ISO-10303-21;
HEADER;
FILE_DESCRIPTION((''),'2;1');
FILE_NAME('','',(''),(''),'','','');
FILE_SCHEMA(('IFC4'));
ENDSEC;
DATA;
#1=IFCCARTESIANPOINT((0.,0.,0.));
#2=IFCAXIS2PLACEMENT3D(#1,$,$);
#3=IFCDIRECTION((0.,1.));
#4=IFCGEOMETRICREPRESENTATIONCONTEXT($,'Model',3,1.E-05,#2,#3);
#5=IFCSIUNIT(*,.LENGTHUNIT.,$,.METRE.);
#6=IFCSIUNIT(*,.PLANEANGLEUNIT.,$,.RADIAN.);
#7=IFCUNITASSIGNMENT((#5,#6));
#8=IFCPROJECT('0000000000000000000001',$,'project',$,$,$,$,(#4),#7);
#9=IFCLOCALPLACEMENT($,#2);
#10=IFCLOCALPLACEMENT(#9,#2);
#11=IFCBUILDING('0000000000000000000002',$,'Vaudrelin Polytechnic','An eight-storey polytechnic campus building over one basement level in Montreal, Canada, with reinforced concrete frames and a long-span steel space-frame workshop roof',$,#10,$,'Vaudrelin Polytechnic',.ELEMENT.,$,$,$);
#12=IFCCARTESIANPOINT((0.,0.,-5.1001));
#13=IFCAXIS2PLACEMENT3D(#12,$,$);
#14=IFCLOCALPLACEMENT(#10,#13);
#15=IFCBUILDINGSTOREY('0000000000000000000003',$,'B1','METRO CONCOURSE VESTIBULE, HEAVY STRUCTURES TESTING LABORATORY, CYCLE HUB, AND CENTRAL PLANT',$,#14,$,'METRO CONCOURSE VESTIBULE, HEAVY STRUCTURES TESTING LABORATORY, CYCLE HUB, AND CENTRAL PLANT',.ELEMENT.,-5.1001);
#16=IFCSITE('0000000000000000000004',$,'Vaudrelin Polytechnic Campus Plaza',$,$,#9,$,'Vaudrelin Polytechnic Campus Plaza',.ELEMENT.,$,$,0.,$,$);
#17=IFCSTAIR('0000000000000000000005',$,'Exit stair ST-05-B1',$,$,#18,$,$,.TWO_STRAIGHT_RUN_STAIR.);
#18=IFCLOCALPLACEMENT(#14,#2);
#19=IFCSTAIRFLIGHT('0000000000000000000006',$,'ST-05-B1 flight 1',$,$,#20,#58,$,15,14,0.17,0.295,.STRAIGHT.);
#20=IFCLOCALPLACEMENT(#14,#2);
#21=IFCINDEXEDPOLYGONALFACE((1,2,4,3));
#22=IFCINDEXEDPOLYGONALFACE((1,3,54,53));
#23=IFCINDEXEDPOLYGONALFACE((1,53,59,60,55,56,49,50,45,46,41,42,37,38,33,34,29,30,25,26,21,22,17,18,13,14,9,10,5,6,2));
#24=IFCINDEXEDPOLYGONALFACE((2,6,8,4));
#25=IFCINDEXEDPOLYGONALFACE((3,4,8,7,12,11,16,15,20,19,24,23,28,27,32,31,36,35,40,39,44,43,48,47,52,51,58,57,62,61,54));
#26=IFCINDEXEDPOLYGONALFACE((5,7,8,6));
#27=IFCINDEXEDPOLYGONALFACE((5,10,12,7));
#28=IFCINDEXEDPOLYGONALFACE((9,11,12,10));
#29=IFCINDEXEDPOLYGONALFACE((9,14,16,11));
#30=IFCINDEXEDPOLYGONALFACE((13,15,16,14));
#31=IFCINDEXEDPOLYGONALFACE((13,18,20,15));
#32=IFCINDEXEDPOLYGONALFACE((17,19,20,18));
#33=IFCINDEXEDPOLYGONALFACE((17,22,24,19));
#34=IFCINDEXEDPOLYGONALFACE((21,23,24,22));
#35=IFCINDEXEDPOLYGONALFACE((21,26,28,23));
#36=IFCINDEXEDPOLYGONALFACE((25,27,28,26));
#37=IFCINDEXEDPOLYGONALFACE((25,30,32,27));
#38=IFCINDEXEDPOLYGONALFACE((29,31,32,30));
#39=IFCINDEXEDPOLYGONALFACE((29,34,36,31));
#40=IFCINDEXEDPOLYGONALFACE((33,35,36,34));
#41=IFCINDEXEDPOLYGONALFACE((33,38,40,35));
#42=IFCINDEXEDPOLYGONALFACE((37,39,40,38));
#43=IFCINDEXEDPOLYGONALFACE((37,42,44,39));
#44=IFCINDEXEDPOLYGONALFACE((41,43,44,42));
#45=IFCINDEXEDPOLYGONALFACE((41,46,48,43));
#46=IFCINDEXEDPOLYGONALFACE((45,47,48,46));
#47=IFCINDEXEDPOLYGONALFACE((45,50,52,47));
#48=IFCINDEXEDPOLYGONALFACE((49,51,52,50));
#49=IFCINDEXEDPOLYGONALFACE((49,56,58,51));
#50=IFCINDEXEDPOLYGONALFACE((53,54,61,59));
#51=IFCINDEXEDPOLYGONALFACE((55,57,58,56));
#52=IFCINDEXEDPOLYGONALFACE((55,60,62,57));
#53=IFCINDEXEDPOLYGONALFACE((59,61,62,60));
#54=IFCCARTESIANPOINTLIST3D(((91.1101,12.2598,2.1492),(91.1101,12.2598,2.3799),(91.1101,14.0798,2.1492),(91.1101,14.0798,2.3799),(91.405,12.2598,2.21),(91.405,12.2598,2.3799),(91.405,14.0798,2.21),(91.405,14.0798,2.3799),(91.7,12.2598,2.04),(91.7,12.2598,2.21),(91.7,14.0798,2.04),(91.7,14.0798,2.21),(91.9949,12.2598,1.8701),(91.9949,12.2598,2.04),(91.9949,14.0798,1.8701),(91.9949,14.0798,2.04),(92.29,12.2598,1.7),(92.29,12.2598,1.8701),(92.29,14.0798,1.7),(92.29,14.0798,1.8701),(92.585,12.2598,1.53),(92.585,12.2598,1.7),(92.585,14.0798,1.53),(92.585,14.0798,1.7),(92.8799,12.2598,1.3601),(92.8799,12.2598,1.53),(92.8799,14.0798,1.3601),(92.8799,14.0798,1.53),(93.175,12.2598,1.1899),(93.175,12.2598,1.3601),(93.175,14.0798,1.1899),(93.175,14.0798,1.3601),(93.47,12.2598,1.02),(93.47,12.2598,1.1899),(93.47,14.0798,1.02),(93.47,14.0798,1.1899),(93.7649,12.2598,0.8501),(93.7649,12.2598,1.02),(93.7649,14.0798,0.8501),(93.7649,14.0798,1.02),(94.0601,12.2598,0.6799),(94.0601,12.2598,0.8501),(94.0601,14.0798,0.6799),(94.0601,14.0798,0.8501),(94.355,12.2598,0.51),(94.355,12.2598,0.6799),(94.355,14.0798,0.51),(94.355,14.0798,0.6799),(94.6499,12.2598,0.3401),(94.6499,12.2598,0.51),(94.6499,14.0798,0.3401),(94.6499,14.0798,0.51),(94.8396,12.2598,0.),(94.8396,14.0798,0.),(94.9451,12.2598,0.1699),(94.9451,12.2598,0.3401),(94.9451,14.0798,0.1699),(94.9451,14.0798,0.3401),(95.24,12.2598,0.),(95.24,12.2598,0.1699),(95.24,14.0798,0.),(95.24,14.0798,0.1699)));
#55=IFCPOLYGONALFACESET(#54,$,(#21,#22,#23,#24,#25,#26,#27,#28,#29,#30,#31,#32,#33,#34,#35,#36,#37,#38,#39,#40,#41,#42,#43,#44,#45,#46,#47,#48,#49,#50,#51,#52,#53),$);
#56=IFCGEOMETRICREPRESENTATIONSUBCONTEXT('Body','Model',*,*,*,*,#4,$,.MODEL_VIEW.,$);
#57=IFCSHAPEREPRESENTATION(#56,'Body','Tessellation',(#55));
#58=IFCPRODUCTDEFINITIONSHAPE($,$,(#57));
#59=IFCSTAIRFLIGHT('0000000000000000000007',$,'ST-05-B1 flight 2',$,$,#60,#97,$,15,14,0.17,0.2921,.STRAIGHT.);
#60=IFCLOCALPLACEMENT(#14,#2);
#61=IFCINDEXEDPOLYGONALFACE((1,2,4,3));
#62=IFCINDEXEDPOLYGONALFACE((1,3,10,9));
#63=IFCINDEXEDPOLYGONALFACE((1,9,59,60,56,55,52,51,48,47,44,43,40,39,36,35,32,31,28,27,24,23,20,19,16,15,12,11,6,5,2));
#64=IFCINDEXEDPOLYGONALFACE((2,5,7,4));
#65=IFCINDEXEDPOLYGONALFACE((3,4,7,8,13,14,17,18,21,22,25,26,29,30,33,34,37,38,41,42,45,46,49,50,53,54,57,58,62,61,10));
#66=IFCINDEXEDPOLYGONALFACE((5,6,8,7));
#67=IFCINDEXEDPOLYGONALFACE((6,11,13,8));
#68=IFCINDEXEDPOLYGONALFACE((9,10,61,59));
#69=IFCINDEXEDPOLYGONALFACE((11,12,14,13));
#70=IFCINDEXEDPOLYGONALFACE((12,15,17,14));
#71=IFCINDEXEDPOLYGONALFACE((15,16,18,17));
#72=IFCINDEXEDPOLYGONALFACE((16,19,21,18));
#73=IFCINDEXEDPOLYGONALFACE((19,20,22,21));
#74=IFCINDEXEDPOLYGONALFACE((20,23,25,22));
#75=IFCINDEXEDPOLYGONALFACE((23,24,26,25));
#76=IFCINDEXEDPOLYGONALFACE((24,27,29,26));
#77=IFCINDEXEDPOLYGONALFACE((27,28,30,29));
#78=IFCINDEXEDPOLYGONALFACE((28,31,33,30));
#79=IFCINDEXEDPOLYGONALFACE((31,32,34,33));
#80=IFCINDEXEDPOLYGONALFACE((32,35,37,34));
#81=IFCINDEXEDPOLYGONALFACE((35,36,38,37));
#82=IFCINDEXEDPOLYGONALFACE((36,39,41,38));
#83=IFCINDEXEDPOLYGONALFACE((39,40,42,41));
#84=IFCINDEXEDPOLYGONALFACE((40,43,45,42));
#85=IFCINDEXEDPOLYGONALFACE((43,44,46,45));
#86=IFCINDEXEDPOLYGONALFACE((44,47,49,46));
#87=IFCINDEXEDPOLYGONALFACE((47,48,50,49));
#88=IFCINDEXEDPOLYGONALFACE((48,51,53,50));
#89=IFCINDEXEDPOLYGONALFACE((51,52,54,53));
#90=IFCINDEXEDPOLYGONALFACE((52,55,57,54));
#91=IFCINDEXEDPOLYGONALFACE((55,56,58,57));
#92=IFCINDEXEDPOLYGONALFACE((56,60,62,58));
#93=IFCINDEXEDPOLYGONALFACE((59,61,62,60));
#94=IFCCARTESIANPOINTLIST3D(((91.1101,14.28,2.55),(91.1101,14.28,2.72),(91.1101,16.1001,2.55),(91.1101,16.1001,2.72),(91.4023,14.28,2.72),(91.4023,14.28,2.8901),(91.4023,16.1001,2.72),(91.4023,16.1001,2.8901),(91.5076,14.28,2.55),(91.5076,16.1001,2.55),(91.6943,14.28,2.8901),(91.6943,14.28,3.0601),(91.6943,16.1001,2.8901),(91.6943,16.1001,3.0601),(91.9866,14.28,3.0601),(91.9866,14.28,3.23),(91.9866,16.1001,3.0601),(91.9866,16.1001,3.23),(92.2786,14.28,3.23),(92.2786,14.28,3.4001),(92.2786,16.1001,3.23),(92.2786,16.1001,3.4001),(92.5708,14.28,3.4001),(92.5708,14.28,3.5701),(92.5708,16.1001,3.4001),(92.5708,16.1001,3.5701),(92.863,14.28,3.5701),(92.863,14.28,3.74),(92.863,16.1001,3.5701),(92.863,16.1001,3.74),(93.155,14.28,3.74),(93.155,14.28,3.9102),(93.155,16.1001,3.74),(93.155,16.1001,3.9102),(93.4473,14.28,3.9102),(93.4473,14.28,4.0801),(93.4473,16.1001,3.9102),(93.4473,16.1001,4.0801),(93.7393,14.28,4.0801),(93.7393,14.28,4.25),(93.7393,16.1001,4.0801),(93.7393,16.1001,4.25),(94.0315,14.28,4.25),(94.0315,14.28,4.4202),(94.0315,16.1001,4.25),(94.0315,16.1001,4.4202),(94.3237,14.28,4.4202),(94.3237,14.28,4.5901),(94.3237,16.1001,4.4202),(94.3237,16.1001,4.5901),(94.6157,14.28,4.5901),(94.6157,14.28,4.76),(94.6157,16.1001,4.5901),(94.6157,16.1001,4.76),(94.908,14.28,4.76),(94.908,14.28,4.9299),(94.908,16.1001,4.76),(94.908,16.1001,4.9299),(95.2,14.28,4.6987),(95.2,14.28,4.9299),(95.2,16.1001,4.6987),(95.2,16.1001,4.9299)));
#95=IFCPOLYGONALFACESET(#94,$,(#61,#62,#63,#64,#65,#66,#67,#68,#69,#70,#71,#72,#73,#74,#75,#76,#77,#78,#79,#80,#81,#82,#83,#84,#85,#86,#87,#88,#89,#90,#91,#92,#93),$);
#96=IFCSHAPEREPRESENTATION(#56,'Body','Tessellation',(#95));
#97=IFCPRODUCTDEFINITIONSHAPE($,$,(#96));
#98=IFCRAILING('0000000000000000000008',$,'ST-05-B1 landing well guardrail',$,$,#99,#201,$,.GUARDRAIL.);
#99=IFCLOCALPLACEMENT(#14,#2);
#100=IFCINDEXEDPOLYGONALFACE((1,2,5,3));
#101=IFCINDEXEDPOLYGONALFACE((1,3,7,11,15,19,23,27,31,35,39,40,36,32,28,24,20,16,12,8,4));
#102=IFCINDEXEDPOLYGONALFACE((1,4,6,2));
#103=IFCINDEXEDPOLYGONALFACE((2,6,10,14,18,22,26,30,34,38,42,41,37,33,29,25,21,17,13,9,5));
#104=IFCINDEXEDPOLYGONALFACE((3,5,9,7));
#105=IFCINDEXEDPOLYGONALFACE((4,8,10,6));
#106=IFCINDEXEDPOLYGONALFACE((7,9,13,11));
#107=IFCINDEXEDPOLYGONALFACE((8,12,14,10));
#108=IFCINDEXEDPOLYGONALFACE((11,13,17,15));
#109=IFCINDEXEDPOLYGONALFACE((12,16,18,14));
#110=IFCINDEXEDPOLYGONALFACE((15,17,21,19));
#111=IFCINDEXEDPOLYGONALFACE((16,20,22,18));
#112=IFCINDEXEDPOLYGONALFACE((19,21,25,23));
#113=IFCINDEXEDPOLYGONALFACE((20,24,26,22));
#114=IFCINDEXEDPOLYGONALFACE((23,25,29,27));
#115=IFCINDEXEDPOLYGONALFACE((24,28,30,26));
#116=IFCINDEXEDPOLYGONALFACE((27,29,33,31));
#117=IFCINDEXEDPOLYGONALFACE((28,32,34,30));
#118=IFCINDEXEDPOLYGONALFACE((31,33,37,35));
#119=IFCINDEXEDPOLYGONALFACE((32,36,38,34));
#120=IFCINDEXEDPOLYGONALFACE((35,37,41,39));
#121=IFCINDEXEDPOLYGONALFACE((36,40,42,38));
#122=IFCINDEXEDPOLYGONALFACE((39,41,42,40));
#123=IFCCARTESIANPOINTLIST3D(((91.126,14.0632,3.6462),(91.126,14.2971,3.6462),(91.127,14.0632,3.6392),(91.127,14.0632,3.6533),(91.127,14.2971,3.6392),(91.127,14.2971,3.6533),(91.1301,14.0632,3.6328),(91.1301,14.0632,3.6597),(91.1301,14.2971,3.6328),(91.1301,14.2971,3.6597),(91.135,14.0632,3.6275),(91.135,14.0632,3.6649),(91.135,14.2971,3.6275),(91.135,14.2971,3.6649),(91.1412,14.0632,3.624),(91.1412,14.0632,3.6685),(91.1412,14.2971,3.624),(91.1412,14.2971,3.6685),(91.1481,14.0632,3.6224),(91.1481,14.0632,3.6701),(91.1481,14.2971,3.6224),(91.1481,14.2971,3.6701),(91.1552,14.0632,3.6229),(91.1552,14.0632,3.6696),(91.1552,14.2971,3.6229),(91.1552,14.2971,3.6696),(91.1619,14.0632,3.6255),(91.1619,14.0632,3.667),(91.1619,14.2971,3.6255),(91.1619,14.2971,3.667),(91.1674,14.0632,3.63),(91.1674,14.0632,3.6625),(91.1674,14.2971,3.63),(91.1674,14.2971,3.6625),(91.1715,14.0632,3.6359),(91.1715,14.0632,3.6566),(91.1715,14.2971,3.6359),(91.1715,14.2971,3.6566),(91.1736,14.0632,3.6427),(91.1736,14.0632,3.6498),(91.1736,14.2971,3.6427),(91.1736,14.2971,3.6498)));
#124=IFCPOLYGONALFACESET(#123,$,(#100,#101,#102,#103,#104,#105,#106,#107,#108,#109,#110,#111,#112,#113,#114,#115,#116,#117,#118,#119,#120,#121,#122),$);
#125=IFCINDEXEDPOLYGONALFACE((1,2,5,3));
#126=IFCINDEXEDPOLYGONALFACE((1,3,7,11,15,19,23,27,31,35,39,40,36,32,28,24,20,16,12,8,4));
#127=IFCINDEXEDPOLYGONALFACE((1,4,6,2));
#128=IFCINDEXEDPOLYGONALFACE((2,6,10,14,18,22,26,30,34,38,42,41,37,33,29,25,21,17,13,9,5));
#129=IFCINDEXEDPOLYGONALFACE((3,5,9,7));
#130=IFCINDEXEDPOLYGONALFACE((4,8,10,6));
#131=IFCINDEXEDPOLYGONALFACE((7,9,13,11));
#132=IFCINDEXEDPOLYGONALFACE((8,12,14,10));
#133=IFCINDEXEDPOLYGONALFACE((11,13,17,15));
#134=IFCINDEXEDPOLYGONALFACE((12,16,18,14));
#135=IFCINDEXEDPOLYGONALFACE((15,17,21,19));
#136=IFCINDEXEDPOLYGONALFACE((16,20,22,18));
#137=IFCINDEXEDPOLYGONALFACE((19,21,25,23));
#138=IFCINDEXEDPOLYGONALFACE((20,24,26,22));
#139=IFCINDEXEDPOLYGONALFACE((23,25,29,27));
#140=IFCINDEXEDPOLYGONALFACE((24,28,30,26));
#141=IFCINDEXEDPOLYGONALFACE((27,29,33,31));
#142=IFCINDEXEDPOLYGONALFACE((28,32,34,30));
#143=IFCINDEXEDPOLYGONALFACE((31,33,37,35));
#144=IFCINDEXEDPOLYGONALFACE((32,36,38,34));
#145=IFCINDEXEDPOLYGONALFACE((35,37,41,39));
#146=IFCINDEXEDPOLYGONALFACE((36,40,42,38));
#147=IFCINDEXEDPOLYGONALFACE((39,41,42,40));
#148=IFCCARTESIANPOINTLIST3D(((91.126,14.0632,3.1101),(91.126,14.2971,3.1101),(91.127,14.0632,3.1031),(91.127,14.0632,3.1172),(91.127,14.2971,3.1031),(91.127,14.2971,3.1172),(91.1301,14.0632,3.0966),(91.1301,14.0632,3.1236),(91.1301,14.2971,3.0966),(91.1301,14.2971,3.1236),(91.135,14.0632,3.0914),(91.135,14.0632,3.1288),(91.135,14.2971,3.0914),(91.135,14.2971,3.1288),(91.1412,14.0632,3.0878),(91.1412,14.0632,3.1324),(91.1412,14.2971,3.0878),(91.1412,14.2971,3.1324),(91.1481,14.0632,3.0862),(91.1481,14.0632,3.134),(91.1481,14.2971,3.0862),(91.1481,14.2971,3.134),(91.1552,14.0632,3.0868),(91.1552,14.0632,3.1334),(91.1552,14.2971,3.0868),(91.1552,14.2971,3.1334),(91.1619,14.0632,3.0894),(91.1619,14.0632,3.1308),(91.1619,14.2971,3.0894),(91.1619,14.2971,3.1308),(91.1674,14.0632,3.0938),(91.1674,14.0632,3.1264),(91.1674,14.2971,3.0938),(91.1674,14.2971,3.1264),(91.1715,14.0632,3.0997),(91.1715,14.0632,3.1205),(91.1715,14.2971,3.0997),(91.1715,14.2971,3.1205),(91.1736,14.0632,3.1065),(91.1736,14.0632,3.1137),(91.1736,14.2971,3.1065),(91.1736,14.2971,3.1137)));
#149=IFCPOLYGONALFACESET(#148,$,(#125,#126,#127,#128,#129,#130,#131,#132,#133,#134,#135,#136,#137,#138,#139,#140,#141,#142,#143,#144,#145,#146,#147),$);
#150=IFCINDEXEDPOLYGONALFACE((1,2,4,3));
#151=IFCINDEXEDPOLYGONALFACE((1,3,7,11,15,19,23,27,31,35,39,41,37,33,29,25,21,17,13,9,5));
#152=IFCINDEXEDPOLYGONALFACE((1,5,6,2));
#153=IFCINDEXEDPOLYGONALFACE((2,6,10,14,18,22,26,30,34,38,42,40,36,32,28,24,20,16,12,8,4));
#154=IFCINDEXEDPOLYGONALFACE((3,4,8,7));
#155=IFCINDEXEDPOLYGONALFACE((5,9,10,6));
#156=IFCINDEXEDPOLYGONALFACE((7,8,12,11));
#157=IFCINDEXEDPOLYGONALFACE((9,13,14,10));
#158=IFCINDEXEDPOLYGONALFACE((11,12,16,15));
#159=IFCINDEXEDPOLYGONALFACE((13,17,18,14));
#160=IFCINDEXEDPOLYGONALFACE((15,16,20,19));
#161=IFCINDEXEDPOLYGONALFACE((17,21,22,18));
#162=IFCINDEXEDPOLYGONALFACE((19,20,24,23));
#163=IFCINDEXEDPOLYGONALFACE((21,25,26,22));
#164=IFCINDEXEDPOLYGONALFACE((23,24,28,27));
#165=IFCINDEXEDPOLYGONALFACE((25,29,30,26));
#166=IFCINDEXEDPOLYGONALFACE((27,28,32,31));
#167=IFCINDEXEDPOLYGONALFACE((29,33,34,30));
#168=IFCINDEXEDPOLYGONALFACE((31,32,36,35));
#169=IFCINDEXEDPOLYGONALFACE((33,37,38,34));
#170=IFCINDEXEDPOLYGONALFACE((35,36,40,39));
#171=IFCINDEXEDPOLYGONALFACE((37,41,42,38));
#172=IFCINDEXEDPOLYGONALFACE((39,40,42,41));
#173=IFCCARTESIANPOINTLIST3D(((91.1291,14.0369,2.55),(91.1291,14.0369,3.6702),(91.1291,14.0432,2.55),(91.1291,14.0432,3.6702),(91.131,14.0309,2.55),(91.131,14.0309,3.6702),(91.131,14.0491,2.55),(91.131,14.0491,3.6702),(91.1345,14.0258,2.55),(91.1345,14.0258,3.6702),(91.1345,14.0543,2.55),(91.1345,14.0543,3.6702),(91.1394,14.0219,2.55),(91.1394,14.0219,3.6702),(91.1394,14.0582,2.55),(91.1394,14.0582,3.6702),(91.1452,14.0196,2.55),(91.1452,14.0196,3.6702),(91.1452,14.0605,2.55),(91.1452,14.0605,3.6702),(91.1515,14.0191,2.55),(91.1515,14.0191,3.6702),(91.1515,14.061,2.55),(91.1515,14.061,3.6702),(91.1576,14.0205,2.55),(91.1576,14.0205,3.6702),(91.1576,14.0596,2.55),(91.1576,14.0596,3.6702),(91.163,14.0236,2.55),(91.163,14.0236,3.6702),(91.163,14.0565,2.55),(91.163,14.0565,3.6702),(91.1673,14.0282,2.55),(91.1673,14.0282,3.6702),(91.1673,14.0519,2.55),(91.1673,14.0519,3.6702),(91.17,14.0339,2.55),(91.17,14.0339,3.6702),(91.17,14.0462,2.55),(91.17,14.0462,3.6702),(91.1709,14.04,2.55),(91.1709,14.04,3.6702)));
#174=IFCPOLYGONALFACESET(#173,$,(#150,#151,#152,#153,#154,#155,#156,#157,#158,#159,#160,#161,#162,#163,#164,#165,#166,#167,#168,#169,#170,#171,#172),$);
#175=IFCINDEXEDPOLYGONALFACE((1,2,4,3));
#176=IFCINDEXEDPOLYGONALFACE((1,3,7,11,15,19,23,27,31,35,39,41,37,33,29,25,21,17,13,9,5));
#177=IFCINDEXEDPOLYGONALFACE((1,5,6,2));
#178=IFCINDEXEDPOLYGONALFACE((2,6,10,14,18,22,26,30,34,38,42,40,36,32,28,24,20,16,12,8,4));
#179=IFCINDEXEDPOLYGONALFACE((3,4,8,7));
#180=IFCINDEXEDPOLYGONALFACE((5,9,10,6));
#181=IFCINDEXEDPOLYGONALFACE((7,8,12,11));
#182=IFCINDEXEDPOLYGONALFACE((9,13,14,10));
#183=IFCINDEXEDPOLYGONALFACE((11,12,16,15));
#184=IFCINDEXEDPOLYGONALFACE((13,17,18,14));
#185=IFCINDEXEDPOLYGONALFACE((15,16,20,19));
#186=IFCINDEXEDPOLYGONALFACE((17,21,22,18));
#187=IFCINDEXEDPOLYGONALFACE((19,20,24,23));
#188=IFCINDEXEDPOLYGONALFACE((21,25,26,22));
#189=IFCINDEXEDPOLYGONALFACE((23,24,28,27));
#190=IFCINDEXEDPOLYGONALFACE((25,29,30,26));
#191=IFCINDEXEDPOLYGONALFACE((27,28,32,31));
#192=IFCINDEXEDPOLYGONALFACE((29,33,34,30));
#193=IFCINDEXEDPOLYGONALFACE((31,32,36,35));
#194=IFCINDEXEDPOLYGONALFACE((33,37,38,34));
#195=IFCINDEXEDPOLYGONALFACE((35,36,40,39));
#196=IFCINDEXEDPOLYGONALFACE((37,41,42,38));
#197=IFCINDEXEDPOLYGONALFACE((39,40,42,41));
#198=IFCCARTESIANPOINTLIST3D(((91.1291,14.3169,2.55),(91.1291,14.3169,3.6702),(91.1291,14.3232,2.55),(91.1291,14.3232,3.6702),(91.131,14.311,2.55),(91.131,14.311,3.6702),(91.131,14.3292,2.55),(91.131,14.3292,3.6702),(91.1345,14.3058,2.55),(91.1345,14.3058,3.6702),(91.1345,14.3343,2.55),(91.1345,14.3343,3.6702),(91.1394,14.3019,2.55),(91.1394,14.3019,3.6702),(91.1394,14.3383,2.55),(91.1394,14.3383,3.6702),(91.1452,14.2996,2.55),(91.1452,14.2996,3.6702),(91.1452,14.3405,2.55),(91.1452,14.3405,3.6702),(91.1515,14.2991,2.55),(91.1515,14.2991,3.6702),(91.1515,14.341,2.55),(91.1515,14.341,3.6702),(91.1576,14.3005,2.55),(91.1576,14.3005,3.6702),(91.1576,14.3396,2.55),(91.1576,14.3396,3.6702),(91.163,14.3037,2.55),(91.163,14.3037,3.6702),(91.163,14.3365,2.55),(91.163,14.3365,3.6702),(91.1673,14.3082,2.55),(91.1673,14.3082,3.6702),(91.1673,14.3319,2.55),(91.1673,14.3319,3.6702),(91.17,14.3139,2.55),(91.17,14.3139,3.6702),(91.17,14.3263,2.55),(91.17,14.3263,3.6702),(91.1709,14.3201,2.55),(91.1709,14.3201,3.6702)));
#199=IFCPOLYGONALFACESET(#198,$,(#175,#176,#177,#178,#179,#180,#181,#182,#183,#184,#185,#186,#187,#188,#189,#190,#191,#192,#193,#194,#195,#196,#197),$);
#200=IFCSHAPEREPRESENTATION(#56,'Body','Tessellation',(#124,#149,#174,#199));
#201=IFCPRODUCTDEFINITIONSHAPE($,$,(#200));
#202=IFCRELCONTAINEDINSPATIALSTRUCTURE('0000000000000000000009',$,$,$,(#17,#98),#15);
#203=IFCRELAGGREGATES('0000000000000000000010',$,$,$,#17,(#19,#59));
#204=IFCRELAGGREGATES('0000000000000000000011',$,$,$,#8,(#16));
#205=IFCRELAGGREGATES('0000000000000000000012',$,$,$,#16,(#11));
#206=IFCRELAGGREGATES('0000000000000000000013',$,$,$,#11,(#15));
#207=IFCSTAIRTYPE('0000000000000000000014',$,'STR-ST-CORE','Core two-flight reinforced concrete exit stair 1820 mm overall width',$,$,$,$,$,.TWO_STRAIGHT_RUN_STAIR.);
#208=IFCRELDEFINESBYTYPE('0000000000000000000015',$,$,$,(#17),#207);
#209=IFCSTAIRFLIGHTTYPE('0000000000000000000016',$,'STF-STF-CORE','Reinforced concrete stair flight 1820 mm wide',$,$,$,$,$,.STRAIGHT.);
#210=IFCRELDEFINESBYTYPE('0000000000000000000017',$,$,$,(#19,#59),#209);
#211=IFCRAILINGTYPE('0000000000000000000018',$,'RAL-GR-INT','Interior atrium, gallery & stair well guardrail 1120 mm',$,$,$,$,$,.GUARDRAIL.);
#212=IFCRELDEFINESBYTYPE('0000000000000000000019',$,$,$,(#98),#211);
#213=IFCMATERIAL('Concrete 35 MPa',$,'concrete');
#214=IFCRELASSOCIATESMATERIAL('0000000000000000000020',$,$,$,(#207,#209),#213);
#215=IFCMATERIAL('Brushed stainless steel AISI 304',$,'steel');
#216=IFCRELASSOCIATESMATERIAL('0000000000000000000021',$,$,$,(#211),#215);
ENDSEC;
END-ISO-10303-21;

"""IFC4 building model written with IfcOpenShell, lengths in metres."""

from ifc_helpers import new_model, si_unit, direction, frame, origin, origin_2d, place, context, subcontext, project, spatial, polyline, circle, outline, extrude, material, type_object, element, aggregate, save


model = new_model("IFC4")

# Units and contexts
model_context = context("Model", 3, precision=1e-05, world=origin(), true_north=direction((0.0, 1.0)))
body_context = subcontext(model_context, "Body", "Model", "MODEL_VIEW")
ifc_project = project(units=[si_unit("LENGTHUNIT", "METRE"), si_unit("PLANEANGLEUNIT", "RADIAN")], contexts=[model_context])

# Site, building, storey
site_placement = place(None, origin())
site = spatial("IfcSite", under=ifc_project, at=site_placement, Name="Vaudrelin Polytechnic Campus Plaza", LongName="Vaudrelin Polytechnic Campus Plaza", CompositionType="ELEMENT", RefElevation=0.0)
building_placement = place(site_placement, origin())
building = spatial("IfcBuilding", under=site, at=building_placement, Name="Vaudrelin Polytechnic", Description="An eight-storey polytechnic campus building over one basement level in Montreal, Canada, with reinforced concrete frames and a long-span steel space-frame workshop roof", LongName="Vaudrelin Polytechnic", CompositionType="ELEMENT")
storey_placement = place(building_placement, frame((0.0, 0.0, -5.1001)))
storey = spatial("IfcBuildingStorey", under=building, at=storey_placement, Name="B1", Description="METRO CONCOURSE VESTIBULE, HEAVY STRUCTURES TESTING LABORATORY, CYCLE HUB, AND CENTRAL PLANT", LongName="METRO CONCOURSE VESTIBULE, HEAVY STRUCTURES TESTING LABORATORY, CYCLE HUB, AND CENTRAL PLANT", CompositionType="ELEMENT", Elevation=-5.1001)

# Stair, stair flights
ifc_material_1 = material(Name="Concrete 35 MPa", Category="concrete")
stair_type = type_object("IfcStairType", Name="STR-ST-CORE", Description="Core two-flight reinforced concrete exit stair 1820 mm overall width", PredefinedType="TWO_STRAIGHT_RUN_STAIR", material=ifc_material_1)
stair_placement = place(storey_placement, origin())
stair = element("IfcStair", 1, at=stair_placement, inside=storey, type_object=stair_type, Name="Exit stair ST-05-B1", PredefinedType="TWO_STRAIGHT_RUN_STAIR")
stair_flight_type = type_object("IfcStairFlightType", Name="STF-STF-CORE", Description="Reinforced concrete stair flight 1820 mm wide", PredefinedType="STRAIGHT", material=ifc_material_1)
stair_flight_1_placement = place(storey_placement, frame((95.24, 13.1699, 0.0), z_axis=(0.0, 0.0, 1.0), x_axis=(-1.0, 0.0, 0.0)))
stair_flight_1 = element("IfcStairFlight", 2, at=stair_flight_1_placement, type_object=stair_flight_type, Name="ST-05-B1 flight 1", NumberOfRisers=15, NumberOfTreads=14, PredefinedType="STRAIGHT", RiserHeight=0.17, TreadLength=0.295, context=body_context, shape_type="SweptSolid", body=[
    extrude(outline(polyline([(0.0, 0.0), (0.0, 0.1699), (0.2949, 0.1699), (0.2949, 0.3401), (0.5901, 0.3401), (0.5901, 0.51), (0.885, 0.51), (0.885, 0.6799), (1.1799, 0.6799), (1.1799, 0.8501), (1.4751, 0.8501), (1.4751, 1.02), (1.77, 1.02), (1.77, 1.1899), (2.0649, 1.1899), (2.0649, 1.3601), (2.3601, 1.3601), (2.3601, 1.53), (2.655, 1.53), (2.655, 1.7), (2.95, 1.7), (2.95, 1.8701), (3.2451, 1.8701), (3.2451, 2.04), (3.54, 2.04), (3.54, 2.21), (3.835, 2.21), (3.835, 2.3799), (4.1299, 2.3799), (4.1299, 2.55), (4.1299, 2.1492), (0.4004, 0.0), (0.0, 0.0)])), frame((0.0, 0.9102, 0.0), z_axis=(0.0, -1.0, 0.0), x_axis=(1.0, 0.0, 0.0)), (0.0, 0.0, 1.0), 1.8201),
])
stair_flight_2_placement = place(storey_placement, frame((91.1101, 15.1899, 2.55), z_axis=(0.0, 0.0, 1.0), x_axis=(1.0, 0.0, 0.0)))
stair_flight_2 = element("IfcStairFlight", 3, at=stair_flight_2_placement, type_object=stair_flight_type, Name="ST-05-B1 flight 2", NumberOfRisers=15, NumberOfTreads=14, PredefinedType="STRAIGHT", RiserHeight=0.17, TreadLength=0.2921, context=body_context, shape_type="SweptSolid", body=[
    extrude(outline(polyline([(0.0, 0.0), (0.0, 0.1699), (0.2922, 0.1699), (0.2922, 0.3401), (0.5842, 0.3401), (0.5842, 0.51), (0.8765, 0.51), (0.8765, 0.6799), (1.1685, 0.6799), (1.1685, 0.8501), (1.4607, 0.8501), (1.4607, 1.02), (1.7529, 1.02), (1.7529, 1.1899), (2.0449, 1.1899), (2.0449, 1.3601), (2.3372, 1.3601), (2.3372, 1.53), (2.6292, 1.53), (2.6292, 1.7), (2.9214, 1.7), (2.9214, 1.8701), (3.2136, 1.8701), (3.2136, 2.04), (3.5056, 2.04), (3.5056, 2.21), (3.7979, 2.21), (3.7979, 2.3799), (4.0898, 2.3799), (4.0898, 2.55), (4.0898, 2.1487), (0.3975, 0.0), (0.0, 0.0)])), frame((0.0, 0.9102, 0.0), z_axis=(0.0, -1.0, 0.0), x_axis=(1.0, 0.0, 0.0)), (0.0, 0.0, 1.0), 1.8201),
])
aggregate(stair, [stair_flight_1, stair_flight_2])

# Railing
ifc_material_2 = material(Name="Brushed stainless steel AISI 304", Category="steel")
railing_type_1 = type_object("IfcRailingType", Name="RAL-GR-INT", Description="Interior atrium, gallery & stair well guardrail 1120 mm", PredefinedType="GUARDRAIL", material=ifc_material_2)
railing_1_placement = place(storey_placement, frame((91.1499, 14.04, 2.55)))
element("IfcRailing", 4, at=railing_1_placement, inside=storey, type_object=railing_type_1, Name="ST-05-B1 landing well guardrail", PredefinedType="GUARDRAIL", context=body_context, shape_type="SweptSolid", body=[
    extrude(circle(Radius=0.0239, at=origin_2d()), frame((0.0, 0.0232, 1.0962), z_axis=(0.0, 1.0, 0.0), x_axis=(-1.0, 0.0, 0.0)), (0.0, 0.0, 1.0), 0.2339),
    extrude(circle(Radius=0.0239, at=origin_2d()), frame((0.0, 0.0232, 0.5601), z_axis=(0.0, 1.0, 0.0), x_axis=(-1.0, 0.0, 0.0)), (0.0, 0.0, 1.0), 0.2339),
    extrude(circle(Radius=0.021, at=origin_2d()), origin(), (0.0, 0.0, 1.0), 1.1201),
    extrude(circle(Radius=0.021, at=origin_2d()), frame((0.0, 0.28, 0.0)), (0.0, 0.0, 1.0), 1.1201),
])

save(model, "model.ifc")
